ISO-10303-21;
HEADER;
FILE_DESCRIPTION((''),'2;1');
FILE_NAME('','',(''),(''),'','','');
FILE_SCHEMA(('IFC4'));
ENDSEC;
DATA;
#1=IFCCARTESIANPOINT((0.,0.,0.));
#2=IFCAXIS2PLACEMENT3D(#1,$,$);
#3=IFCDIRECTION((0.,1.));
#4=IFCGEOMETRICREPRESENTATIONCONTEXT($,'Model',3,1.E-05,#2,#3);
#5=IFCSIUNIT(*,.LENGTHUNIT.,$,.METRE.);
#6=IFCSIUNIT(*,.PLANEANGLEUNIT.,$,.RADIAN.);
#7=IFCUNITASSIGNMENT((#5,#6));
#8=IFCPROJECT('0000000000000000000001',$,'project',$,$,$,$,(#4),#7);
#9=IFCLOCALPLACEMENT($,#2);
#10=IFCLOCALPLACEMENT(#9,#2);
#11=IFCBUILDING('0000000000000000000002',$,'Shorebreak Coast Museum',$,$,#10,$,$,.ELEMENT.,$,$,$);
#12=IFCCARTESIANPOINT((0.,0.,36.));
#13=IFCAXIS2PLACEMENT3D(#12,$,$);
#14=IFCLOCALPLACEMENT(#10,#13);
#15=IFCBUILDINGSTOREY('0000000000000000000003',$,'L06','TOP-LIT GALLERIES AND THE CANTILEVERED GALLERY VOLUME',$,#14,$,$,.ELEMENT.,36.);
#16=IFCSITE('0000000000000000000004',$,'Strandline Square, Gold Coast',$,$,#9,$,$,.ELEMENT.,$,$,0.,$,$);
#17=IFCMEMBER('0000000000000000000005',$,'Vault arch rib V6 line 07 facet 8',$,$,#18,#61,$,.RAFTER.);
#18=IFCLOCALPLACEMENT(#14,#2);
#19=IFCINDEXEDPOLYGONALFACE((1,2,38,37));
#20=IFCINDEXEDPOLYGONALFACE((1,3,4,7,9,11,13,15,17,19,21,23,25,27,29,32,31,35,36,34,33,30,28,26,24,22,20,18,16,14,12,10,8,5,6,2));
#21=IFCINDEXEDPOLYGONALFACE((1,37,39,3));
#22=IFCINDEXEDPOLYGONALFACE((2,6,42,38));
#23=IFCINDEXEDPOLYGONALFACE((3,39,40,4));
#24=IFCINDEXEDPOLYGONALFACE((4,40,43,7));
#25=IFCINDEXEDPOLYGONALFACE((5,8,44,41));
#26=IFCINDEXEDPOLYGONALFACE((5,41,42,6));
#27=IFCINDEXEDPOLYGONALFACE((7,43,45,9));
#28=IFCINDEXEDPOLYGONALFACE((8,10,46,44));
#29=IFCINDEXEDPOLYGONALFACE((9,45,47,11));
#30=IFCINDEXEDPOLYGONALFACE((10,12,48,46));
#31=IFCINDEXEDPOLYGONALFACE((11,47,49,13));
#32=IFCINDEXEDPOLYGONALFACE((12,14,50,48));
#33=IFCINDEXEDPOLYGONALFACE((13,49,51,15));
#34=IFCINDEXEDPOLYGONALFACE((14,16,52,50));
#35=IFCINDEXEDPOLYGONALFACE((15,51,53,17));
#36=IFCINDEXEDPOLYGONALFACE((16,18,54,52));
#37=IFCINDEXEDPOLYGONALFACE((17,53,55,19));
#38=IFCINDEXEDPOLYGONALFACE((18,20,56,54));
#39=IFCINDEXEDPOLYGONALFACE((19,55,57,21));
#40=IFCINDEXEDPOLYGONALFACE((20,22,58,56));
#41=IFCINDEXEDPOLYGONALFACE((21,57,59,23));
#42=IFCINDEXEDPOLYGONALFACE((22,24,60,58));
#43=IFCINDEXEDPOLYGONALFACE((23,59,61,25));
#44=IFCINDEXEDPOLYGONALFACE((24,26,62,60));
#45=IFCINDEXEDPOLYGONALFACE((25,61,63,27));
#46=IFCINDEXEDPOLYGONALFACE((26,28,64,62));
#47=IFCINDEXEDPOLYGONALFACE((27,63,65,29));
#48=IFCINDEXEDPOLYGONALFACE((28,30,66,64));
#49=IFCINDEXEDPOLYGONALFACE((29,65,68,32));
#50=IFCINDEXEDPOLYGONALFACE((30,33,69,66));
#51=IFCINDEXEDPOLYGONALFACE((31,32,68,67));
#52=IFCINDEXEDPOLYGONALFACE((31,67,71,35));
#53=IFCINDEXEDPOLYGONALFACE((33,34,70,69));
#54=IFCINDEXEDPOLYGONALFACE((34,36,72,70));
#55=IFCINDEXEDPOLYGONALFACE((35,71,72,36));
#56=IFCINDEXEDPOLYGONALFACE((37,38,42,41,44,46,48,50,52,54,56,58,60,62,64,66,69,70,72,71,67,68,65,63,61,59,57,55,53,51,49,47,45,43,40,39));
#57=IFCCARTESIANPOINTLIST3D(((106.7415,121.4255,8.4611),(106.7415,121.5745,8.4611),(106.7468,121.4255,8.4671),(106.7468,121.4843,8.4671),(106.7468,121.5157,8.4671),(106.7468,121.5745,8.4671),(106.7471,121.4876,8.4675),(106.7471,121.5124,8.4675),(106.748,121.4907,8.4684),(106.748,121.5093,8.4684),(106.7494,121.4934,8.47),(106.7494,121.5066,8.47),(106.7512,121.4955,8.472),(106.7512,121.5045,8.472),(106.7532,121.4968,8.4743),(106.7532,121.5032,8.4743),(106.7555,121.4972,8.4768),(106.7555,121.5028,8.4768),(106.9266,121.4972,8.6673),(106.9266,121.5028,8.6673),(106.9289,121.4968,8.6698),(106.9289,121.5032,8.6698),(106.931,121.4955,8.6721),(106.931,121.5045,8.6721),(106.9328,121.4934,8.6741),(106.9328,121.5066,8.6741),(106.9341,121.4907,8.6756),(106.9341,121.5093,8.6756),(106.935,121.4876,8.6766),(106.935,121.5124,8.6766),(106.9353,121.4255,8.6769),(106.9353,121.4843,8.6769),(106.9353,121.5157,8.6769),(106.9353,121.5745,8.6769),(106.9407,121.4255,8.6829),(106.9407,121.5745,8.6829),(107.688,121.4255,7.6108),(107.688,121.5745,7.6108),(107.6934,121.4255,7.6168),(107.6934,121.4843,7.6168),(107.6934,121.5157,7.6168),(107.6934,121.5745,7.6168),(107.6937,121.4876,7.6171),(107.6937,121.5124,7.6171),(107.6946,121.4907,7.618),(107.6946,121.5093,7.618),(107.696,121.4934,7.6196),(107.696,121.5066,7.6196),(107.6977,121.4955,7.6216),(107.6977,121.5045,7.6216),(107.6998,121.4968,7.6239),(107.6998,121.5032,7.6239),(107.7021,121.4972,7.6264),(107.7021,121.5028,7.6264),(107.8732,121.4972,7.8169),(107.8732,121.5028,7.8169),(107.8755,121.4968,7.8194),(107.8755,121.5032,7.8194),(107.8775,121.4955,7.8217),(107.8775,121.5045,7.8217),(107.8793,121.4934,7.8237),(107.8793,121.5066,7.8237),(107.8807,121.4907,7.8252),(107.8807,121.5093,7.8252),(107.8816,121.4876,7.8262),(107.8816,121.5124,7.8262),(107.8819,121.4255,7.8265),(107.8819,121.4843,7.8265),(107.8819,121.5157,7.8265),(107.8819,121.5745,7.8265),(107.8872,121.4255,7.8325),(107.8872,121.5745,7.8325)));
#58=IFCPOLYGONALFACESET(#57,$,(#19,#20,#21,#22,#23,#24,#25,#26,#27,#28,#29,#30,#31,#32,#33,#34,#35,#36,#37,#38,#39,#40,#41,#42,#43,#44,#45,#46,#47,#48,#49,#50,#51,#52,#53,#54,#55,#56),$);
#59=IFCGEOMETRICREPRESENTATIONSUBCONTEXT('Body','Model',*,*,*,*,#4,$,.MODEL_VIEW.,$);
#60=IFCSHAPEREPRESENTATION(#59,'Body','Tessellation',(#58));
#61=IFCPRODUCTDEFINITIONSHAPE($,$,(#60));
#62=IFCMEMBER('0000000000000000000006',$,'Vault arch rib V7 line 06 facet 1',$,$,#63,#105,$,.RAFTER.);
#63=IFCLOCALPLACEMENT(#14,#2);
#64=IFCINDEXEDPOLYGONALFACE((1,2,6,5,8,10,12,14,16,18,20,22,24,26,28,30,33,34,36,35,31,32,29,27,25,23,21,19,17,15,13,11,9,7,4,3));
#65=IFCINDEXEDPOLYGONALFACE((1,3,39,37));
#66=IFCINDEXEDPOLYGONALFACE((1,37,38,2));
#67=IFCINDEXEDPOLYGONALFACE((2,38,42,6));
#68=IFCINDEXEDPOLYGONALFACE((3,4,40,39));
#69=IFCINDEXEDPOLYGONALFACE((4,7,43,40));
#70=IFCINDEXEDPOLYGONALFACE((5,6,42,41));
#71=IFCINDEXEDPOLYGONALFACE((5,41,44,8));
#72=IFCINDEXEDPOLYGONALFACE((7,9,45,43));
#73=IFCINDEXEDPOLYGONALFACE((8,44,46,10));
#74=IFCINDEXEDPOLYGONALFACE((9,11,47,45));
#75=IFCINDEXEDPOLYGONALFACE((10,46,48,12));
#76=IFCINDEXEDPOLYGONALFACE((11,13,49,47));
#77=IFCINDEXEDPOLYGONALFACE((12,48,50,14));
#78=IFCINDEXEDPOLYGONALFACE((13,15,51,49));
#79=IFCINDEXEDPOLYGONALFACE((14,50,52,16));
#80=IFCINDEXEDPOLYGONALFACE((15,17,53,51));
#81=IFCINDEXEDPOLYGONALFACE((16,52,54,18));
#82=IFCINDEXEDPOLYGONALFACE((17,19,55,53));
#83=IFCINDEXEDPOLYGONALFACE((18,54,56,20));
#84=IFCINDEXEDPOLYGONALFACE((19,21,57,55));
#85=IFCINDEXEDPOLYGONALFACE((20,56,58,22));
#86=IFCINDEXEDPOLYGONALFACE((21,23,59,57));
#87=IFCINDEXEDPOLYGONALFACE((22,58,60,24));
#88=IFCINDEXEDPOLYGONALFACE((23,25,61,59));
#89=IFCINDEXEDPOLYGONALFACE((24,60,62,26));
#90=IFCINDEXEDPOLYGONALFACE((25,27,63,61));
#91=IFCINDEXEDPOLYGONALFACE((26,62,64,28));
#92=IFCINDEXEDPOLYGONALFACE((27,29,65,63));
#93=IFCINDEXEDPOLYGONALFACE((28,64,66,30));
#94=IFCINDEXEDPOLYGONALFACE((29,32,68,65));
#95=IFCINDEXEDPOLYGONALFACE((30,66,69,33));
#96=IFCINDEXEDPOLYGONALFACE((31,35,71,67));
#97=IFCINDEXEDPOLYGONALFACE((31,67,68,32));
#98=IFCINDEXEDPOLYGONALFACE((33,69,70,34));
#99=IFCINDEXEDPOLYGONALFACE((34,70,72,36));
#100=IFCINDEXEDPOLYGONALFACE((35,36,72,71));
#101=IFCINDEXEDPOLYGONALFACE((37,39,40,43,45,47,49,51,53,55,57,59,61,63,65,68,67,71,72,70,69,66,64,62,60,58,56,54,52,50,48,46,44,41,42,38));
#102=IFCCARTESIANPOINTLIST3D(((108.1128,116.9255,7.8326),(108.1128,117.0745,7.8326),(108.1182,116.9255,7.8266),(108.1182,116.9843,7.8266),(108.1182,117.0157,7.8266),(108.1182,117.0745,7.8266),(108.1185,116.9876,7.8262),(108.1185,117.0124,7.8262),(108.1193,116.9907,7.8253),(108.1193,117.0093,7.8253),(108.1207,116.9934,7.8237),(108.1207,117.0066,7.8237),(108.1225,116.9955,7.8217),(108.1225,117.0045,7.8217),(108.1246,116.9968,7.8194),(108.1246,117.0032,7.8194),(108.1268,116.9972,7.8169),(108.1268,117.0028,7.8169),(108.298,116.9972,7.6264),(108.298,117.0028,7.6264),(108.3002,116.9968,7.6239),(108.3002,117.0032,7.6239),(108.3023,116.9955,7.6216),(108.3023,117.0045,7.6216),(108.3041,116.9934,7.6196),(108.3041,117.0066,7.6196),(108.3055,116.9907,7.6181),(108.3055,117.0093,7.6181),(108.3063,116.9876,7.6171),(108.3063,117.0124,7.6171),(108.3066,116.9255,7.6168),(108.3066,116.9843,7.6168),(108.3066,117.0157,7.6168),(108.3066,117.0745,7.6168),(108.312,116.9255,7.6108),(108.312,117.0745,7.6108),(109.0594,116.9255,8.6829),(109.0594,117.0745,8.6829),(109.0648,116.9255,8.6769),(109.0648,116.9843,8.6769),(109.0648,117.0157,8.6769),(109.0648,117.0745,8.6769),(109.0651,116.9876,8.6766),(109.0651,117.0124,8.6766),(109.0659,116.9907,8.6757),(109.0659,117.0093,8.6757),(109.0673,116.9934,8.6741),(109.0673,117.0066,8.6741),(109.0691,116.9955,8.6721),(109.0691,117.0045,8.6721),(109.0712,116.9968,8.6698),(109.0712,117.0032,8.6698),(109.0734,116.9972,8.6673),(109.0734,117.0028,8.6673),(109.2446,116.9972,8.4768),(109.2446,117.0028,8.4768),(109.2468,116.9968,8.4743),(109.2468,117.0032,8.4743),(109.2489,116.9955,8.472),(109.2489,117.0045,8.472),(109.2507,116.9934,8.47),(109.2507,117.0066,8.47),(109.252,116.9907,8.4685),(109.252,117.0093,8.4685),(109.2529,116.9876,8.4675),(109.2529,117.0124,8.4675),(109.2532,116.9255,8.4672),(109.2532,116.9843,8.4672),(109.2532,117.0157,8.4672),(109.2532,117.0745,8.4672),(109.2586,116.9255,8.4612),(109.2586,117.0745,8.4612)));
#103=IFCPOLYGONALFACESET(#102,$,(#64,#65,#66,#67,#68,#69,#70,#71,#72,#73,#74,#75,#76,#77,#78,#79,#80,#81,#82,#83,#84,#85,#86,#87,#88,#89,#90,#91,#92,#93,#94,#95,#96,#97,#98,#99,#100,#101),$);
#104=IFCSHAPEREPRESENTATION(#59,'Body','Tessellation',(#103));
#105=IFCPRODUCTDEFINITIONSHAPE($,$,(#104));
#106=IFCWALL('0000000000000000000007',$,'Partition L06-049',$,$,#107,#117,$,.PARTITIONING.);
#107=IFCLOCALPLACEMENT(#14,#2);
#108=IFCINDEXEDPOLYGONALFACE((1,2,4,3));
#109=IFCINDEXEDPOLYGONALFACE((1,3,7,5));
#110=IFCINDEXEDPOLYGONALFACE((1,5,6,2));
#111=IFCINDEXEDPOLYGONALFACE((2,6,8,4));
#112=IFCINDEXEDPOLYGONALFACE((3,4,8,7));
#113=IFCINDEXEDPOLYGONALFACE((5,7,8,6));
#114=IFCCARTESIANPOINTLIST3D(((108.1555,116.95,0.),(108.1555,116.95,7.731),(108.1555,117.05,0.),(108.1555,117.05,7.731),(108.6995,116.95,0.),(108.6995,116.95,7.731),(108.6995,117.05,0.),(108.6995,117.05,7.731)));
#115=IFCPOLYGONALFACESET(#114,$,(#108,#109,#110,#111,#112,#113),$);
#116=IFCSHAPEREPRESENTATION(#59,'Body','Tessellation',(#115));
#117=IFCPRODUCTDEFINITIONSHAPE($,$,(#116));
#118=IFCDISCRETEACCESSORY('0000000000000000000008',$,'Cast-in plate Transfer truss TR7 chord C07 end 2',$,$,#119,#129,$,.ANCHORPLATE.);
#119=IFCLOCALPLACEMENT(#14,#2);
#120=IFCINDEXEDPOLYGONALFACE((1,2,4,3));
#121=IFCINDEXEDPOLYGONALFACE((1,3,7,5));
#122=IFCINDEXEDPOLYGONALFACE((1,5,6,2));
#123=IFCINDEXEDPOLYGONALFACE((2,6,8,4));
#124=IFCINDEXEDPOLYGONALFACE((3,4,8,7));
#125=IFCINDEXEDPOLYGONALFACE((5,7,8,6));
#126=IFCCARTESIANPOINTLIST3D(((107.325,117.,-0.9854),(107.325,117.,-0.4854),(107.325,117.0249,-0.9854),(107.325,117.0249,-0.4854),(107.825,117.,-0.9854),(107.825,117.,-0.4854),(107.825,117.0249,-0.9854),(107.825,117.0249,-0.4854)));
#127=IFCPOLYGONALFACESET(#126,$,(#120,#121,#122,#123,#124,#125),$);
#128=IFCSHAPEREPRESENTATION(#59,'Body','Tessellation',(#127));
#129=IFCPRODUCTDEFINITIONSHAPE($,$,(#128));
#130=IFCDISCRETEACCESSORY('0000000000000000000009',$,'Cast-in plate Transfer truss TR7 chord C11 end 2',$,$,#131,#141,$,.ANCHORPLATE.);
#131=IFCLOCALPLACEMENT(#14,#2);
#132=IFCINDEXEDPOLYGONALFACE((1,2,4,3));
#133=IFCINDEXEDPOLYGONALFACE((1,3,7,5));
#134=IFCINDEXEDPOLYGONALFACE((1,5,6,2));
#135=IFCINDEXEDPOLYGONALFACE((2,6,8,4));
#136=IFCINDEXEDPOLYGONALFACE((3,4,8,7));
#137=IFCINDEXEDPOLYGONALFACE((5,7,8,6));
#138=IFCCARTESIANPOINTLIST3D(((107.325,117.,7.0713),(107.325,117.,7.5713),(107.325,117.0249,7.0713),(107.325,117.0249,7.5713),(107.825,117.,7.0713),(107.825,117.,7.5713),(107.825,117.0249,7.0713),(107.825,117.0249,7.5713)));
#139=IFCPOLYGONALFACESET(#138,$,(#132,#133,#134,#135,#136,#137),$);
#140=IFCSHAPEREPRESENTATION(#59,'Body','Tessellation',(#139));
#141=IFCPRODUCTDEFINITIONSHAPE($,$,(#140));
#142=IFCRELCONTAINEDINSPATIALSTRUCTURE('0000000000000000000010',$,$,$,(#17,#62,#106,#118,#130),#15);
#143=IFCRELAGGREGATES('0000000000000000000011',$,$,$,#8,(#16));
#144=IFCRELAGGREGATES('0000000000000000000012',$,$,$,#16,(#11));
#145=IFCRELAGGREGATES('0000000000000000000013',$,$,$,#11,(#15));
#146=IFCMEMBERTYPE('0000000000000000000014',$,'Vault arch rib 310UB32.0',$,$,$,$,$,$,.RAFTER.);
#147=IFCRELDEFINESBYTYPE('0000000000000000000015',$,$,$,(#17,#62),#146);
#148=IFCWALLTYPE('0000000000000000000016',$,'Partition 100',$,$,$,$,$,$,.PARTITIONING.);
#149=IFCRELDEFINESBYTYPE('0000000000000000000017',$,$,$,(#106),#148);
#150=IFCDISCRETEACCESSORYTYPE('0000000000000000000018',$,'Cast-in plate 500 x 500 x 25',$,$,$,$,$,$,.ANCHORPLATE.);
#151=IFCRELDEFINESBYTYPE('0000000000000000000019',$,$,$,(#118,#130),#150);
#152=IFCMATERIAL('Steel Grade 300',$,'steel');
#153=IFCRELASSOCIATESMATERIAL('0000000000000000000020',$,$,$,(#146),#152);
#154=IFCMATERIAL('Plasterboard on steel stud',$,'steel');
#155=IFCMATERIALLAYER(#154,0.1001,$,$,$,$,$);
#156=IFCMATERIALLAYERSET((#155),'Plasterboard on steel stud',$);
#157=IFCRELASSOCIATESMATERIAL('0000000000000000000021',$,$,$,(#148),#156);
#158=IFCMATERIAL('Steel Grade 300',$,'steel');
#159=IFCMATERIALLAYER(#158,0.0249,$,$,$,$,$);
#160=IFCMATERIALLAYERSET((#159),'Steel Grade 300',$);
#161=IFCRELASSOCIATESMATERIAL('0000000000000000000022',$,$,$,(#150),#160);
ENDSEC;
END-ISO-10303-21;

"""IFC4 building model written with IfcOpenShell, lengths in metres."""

from ifc_helpers import new_model, si_unit, direction, frame, frame_2d, origin, origin_2d, place, context, subcontext, project, spatial, polyline, rectangle, i_section, outline, extrude, material, layer, layer_set, material_profile, profile_set, type_object, element, save


model = new_model("IFC4")

# Units and contexts
model_context = context("Model", 3, precision=1e-05, world=origin(), true_north=direction((0.0, 1.0)))
body_context = subcontext(model_context, "Body", "Model", "MODEL_VIEW")
ifc_project = project(units=[si_unit("LENGTHUNIT", "METRE"), si_unit("PLANEANGLEUNIT", "RADIAN")], contexts=[model_context])

# Site, building, storey
site_placement = place(None, origin())
site = spatial("IfcSite", under=ifc_project, at=site_placement, Name="Strandline Square, Gold Coast", CompositionType="ELEMENT", RefElevation=0.0)
building_placement = place(site_placement, origin())
building = spatial("IfcBuilding", under=site, at=building_placement, Name="Shorebreak Coast Museum", CompositionType="ELEMENT")
storey_placement = place(building_placement, frame((0.0, 0.0, 36.0)))
storey = spatial("IfcBuildingStorey", under=building, at=storey_placement, Name="L06", Description="TOP-LIT GALLERIES AND THE CANTILEVERED GALLERY VOLUME", CompositionType="ELEMENT", Elevation=36.0)

# Members
ifc_material_1 = material(Name="Steel Grade 300", Category="steel")
ifc_material_profile_1 = material_profile(ifc_material_1, i_section(OverallWidth=0.1489, OverallDepth=0.2981, WebThickness=0.0056, FlangeThickness=0.0081, FilletRadius=0.0129, at=origin_2d()), Name="310UB32.0")
ifc_profile_set_1 = profile_set([ifc_material_profile_1], Name="Steel Grade 300")
member_type_1 = type_object("IfcMemberType", Name="Vault arch rib 310UB32.0", PredefinedType="RAFTER", material=ifc_profile_set_1)
for number, where, z_axis, x_axis, name in (
    (1, (106.8411, 121.5, 8.572), (0.743895, 0.0, -0.668297), (0.0, 1.0, 0.0), "Vault arch rib V6 line 07 facet 8"),
    (2, (108.2124, 117.0, 7.7217), (0.743895, 0.0, 0.668297), (0.0, 1.0, 0.0), "Vault arch rib V7 line 06 facet 1"),
):
    element("IfcMember", number, at=place(storey_placement, frame(where, z_axis=z_axis, x_axis=x_axis)), inside=storey, type_object=member_type_1, Name=name, PredefinedType="RAFTER", context=body_context, shape_type="SweptSolid", body=[
        extrude(i_section(OverallWidth=0.1489, OverallDepth=0.2981, WebThickness=0.0056, FlangeThickness=0.0081, FilletRadius=0.0129, at=origin_2d()), origin(), (0.0, 0.0, 1.0), 1.2725),
    ])

# Wall
ifc_material_2 = material(Name="Plasterboard on steel stud", Category="steel")
ifc_layer_1 = layer(ifc_material_2, 0.1001)
ifc_layer_set_1 = layer_set([ifc_layer_1], Name="Plasterboard on steel stud")
wall_type = type_object("IfcWallType", Name="Partition 100", PredefinedType="PARTITIONING", material=ifc_layer_set_1)
wall_placement = place(storey_placement, frame((108.1555, 117.0, 0.0), z_axis=(0.0, 0.0, 1.0), x_axis=(1.0, 0.0, 0.0)))
element("IfcWall", 3, at=wall_placement, inside=storey, type_object=wall_type, Name="Partition L06-049", PredefinedType="PARTITIONING", context=body_context, shape_type="SweptSolid", body=[
    extrude(rectangle(XDim=0.5439, YDim=0.1001, at=frame_2d((0.272, 0.0))), origin(), (0.0, 0.0, 1.0), 7.731),
])

# Discrete accessories
ifc_material_3 = material(Name="Steel Grade 300", Category="steel")
ifc_layer_2 = layer(ifc_material_3, 0.0249)
ifc_layer_set_2 = layer_set([ifc_layer_2], Name="Steel Grade 300")
discrete_accessory_type = type_object("IfcDiscreteAccessoryType", Name="Cast-in plate 500 x 500 x 25", PredefinedType="ANCHORPLATE", material=ifc_layer_set_2)
for number, where, z_axis, x_axis, name in (
    (4, (107.325, 117.0, -0.9854), (0.0, -1.0, 0.0), (1.0, 0.0, 0.0), "Cast-in plate Transfer truss TR7 chord C07 end 2"),
    (5, (107.325, 117.0, 7.0713), (0.0, -1.0, 0.0), (1.0, 0.0, 0.0), "Cast-in plate Transfer truss TR7 chord C11 end 2"),
):
    element("IfcDiscreteAccessory", number, at=place(storey_placement, frame(where, z_axis=z_axis, x_axis=x_axis)), inside=storey, type_object=discrete_accessory_type, Name=name, PredefinedType="ANCHORPLATE", context=body_context, shape_type="SweptSolid", body=[
        extrude(outline(polyline([(0.0, 0.0), (0.5, 0.0), (0.5, 0.5), (0.0, 0.5), (0.0, 0.0)])), origin(), (0.0, 0.0, -1.0), 0.0249),
    ])

save(model, "model.ifc")
